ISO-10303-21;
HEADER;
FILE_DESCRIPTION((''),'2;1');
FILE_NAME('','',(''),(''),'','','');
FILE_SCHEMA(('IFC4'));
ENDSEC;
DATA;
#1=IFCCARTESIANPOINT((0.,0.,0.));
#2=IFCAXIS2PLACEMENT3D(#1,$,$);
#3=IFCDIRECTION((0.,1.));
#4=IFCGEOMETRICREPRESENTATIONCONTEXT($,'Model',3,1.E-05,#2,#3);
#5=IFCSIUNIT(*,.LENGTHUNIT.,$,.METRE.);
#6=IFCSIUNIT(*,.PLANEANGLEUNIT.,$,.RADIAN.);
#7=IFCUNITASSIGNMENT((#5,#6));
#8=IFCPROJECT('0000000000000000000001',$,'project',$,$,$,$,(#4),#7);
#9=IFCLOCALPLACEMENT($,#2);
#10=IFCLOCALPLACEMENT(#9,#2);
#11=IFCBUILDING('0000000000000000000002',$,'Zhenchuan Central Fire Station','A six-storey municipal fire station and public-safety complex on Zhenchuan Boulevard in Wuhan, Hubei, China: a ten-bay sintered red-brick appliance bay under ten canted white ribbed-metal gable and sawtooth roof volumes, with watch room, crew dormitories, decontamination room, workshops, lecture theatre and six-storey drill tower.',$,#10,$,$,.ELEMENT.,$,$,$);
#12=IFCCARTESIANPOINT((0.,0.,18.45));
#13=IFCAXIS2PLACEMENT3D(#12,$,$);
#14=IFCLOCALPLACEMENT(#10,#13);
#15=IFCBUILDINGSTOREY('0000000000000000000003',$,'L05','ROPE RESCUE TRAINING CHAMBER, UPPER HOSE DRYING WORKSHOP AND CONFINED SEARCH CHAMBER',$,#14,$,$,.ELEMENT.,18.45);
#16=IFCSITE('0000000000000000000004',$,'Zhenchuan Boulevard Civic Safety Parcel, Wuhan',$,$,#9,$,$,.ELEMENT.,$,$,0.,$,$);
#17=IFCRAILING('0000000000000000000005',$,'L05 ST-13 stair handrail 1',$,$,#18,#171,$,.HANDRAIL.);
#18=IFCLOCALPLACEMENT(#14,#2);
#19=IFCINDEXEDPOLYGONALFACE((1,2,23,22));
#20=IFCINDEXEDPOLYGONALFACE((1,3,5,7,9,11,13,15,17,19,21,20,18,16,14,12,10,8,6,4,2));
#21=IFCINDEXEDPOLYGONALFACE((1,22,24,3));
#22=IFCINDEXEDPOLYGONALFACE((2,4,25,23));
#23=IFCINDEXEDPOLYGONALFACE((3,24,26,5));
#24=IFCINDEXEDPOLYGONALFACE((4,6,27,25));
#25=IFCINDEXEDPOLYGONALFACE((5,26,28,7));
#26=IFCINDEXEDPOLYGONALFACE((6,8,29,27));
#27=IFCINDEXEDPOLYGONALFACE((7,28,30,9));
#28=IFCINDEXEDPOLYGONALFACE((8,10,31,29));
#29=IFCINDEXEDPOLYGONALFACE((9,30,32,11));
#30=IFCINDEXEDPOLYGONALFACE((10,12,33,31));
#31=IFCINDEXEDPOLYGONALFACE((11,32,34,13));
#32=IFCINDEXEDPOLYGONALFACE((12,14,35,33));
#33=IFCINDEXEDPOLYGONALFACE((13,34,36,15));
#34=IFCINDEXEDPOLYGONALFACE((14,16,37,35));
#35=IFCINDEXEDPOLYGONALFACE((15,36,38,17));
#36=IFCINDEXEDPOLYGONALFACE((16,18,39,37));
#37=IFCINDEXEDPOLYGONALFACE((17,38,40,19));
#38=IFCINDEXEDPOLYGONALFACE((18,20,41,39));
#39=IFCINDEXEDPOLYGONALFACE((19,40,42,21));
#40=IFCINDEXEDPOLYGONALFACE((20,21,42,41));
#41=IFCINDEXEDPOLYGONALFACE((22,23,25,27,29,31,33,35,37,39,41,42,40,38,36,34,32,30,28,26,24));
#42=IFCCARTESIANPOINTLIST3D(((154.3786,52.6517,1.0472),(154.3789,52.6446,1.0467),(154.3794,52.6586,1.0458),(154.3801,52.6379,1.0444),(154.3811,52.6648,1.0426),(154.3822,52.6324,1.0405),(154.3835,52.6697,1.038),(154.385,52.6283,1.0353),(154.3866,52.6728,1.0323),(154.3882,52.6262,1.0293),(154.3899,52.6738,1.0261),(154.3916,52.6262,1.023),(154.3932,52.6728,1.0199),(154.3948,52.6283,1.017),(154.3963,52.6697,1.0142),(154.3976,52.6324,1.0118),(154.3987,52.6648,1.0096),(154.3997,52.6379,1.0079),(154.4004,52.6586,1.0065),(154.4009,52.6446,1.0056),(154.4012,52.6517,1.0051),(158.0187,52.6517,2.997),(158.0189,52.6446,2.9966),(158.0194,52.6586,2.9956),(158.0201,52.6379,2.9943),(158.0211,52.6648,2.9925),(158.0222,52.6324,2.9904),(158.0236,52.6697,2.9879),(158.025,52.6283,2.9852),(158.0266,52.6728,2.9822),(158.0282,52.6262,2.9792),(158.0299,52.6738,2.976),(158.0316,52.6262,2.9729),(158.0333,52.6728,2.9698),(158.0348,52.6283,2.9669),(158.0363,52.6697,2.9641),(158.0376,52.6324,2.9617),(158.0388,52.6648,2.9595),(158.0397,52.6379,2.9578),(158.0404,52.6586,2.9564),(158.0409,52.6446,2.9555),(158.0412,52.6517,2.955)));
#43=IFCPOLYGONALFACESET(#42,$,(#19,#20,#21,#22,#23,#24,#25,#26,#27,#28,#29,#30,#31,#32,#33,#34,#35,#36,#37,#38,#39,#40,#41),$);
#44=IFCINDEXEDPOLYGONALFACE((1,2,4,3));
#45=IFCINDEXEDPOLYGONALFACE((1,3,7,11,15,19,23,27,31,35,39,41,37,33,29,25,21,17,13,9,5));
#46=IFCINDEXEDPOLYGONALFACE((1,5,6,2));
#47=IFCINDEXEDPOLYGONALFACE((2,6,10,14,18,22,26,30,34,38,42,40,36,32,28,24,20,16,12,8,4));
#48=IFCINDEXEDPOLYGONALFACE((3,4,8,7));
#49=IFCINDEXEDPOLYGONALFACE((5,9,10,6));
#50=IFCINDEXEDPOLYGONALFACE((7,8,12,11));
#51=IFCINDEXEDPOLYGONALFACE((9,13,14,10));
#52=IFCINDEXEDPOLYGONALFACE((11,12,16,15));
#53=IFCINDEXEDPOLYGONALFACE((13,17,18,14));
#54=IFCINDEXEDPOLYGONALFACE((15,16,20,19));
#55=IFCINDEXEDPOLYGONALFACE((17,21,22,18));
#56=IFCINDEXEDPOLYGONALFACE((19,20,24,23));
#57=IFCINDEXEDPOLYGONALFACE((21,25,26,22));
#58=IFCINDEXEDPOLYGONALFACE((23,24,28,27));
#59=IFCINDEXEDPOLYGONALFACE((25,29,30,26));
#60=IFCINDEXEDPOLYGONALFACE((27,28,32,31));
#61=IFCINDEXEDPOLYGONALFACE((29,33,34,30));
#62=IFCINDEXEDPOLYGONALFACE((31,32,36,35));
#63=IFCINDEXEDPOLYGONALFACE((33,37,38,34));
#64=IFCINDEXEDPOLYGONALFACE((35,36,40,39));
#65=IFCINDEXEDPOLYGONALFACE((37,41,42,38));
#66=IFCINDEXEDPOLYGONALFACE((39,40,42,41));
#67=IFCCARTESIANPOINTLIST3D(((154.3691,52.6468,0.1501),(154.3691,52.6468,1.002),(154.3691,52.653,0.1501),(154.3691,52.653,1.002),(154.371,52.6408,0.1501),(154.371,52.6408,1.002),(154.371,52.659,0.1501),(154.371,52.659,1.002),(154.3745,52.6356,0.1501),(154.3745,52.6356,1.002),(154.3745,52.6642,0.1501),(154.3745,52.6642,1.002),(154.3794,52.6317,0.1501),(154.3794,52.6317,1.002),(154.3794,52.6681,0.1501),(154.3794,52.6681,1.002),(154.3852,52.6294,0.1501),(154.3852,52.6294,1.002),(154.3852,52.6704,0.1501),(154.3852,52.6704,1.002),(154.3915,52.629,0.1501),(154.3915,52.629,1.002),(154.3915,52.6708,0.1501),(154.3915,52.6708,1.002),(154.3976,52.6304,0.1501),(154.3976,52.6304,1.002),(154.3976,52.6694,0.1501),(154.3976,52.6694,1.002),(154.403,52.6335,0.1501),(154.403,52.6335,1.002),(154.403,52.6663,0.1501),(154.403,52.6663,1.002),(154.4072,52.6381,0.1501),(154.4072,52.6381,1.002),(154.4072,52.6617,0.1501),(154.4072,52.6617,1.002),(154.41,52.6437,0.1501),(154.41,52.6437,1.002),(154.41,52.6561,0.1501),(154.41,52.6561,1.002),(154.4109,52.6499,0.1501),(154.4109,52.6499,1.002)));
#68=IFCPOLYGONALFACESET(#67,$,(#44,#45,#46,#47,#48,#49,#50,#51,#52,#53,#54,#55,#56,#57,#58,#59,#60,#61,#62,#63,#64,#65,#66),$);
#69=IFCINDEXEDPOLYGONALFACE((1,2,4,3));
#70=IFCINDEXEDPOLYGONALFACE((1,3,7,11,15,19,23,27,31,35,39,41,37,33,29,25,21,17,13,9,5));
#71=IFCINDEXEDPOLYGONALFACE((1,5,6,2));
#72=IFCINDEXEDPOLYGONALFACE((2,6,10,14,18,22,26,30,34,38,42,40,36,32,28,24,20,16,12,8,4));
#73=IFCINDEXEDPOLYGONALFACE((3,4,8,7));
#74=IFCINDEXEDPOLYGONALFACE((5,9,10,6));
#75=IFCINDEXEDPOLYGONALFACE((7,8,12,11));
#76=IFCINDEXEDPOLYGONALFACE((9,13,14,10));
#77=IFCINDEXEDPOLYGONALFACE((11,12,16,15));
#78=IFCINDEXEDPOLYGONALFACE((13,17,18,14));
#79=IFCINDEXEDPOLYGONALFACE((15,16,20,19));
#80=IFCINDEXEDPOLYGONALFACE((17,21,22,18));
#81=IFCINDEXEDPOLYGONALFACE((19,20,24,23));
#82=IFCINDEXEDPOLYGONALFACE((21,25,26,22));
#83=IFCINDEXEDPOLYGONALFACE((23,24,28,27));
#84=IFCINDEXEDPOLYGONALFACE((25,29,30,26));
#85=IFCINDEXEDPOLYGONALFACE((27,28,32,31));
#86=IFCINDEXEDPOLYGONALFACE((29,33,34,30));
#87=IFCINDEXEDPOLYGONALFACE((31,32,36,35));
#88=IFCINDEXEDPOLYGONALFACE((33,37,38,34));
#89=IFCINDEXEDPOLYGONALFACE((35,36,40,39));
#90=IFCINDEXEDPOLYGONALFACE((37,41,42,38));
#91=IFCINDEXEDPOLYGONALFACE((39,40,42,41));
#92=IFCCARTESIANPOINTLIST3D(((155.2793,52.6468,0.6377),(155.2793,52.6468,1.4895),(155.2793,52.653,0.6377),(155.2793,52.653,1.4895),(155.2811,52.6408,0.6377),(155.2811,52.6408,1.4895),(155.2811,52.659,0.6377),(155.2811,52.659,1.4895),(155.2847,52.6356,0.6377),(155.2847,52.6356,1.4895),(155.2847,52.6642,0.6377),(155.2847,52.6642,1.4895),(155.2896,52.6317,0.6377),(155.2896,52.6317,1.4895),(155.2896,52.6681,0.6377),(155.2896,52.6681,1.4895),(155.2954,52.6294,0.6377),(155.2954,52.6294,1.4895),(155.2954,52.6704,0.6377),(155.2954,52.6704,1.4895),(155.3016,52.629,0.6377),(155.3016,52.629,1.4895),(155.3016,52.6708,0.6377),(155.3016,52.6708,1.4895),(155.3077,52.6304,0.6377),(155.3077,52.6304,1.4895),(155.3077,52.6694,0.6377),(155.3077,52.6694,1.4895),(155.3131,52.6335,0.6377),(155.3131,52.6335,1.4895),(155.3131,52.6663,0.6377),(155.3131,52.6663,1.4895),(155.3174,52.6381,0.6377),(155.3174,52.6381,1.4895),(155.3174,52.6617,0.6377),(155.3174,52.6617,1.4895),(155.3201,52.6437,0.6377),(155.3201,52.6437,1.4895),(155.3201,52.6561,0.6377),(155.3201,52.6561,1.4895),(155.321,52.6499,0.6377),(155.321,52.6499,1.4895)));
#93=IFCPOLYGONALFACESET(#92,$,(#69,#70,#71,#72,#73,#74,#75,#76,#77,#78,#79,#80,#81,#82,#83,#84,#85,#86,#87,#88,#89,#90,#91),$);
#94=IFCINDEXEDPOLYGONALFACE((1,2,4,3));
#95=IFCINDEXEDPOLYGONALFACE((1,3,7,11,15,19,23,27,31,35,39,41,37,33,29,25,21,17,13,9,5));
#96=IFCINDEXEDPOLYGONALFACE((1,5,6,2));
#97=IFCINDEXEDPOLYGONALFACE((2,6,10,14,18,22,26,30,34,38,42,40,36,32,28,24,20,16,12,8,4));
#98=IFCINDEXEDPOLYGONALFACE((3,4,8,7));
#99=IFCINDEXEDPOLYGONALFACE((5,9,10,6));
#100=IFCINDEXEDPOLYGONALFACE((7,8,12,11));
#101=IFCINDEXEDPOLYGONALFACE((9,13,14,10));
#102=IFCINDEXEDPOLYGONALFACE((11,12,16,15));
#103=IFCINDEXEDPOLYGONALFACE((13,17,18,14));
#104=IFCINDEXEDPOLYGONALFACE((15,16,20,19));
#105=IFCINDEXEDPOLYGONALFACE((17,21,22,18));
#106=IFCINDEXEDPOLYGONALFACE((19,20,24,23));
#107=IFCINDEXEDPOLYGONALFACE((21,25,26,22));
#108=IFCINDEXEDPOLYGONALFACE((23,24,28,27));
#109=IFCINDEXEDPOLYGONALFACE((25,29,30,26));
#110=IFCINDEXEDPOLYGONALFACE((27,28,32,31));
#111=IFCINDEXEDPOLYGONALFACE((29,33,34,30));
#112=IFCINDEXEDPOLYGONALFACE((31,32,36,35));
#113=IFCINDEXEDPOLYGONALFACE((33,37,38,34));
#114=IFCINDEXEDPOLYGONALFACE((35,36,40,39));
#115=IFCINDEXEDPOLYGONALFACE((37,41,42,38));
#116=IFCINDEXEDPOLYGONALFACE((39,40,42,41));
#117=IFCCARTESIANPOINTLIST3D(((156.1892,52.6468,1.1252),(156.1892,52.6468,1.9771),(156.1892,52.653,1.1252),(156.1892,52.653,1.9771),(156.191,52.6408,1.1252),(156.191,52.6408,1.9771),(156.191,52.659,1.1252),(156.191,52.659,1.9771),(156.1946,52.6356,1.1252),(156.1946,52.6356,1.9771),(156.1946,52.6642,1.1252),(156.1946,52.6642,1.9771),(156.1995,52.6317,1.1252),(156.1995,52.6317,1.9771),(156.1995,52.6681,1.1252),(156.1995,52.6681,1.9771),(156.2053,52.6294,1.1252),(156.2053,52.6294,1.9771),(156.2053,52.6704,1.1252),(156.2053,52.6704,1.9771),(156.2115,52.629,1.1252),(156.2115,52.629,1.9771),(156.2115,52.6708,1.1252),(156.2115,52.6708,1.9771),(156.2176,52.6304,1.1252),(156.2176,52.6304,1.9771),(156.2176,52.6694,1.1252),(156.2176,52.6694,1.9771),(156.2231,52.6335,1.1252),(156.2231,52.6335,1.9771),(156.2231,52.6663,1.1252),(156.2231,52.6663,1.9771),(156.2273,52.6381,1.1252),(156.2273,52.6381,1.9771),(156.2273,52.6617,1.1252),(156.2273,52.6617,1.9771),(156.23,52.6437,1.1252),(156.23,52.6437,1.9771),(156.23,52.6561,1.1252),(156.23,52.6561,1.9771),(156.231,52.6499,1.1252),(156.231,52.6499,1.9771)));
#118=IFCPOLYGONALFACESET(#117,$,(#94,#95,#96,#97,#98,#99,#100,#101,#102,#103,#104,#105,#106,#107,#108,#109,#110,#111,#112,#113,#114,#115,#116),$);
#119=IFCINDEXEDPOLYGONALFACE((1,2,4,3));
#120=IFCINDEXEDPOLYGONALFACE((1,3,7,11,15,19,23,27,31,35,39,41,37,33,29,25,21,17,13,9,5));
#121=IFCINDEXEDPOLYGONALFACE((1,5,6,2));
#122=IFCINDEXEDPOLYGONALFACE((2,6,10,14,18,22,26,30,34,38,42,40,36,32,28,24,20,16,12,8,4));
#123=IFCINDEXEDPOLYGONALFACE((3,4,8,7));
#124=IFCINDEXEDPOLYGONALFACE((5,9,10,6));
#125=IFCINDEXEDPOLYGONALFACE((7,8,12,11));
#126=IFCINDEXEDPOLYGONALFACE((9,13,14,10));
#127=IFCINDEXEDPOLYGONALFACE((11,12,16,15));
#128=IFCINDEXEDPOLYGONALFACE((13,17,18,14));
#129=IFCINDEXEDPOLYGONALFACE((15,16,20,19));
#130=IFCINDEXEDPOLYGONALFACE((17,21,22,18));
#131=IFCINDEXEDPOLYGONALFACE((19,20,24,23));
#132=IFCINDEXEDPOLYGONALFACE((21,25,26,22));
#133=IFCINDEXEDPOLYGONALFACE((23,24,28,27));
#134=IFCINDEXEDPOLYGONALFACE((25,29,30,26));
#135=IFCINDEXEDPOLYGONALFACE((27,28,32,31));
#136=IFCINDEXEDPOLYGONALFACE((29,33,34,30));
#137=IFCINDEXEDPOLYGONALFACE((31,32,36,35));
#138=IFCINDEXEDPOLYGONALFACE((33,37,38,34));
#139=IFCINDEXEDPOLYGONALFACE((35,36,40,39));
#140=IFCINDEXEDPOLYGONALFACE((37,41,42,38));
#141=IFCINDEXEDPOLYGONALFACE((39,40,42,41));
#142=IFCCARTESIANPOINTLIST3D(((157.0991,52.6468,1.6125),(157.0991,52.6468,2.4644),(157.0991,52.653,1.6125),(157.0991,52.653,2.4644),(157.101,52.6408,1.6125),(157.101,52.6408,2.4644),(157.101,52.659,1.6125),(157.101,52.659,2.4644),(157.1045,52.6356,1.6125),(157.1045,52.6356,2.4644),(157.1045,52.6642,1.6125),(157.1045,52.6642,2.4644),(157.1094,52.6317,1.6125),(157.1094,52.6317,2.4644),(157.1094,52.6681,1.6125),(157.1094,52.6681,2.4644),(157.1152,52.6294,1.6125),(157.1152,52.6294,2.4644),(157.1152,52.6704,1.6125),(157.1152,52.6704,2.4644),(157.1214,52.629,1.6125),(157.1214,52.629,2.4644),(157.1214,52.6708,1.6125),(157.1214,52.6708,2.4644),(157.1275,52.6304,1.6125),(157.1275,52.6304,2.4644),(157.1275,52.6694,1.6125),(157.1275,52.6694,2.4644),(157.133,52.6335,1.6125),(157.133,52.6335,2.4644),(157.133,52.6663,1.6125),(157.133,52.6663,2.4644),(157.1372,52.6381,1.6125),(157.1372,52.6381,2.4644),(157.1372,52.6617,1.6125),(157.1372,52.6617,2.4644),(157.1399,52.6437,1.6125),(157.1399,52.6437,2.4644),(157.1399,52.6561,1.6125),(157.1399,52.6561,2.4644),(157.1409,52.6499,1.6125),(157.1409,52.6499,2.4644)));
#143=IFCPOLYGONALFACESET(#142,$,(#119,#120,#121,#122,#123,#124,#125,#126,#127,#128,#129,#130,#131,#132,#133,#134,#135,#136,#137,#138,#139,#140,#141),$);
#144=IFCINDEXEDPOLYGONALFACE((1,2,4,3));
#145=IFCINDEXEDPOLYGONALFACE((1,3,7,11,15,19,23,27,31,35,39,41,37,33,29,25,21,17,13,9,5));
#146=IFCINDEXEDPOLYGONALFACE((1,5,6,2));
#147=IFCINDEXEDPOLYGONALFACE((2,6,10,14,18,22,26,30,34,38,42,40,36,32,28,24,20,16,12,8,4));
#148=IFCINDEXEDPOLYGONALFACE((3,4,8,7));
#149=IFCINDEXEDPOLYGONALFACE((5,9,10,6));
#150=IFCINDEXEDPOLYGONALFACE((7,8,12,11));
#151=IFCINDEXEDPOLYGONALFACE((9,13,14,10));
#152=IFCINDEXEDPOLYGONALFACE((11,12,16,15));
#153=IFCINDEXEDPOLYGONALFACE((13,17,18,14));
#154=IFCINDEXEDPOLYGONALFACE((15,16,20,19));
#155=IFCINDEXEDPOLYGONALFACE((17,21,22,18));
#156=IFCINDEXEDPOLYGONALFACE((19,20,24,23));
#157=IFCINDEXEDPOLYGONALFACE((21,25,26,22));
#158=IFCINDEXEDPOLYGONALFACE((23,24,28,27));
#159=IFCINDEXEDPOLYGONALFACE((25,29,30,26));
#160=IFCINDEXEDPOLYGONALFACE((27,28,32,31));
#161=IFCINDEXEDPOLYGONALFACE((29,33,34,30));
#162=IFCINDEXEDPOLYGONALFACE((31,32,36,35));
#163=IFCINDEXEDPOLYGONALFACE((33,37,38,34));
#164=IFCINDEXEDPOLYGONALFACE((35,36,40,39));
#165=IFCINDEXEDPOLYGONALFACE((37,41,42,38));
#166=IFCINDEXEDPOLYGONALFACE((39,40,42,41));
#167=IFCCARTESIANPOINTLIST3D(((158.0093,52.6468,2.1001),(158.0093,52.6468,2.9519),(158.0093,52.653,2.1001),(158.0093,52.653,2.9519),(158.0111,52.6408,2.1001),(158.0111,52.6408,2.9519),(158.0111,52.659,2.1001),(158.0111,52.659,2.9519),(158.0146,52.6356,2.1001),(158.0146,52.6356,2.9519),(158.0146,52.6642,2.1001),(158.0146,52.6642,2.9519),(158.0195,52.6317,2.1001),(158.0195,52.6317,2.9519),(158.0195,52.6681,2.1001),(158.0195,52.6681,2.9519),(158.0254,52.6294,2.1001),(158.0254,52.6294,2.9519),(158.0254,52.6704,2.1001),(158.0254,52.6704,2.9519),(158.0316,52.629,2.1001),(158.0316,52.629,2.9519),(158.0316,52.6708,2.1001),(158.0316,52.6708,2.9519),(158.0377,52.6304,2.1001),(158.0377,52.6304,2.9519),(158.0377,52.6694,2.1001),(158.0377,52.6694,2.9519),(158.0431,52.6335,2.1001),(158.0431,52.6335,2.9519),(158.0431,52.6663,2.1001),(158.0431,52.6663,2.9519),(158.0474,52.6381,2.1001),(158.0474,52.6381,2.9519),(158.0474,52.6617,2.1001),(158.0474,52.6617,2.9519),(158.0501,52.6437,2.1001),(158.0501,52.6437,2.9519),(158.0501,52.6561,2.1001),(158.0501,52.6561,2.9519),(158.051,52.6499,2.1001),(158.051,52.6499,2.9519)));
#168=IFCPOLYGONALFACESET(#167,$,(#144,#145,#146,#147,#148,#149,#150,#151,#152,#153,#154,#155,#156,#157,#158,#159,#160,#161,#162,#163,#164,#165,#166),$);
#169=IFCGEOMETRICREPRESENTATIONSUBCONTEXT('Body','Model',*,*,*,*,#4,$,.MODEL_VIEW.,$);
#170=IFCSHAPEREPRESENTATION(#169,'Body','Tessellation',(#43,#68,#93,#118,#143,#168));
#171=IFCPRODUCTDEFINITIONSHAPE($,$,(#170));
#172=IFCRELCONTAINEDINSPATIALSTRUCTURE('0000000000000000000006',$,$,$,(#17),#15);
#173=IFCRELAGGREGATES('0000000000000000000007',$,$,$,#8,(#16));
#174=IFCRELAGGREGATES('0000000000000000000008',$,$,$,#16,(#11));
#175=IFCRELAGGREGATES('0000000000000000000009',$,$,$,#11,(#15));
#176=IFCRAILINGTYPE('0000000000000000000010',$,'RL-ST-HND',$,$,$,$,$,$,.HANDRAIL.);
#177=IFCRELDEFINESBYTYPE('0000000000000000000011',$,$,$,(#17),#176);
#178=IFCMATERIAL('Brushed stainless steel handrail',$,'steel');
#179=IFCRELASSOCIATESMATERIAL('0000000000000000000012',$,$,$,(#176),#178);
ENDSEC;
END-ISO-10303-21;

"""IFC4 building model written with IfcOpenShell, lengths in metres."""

from ifc_helpers import new_model, si_unit, direction, frame, origin, origin_2d, place, context, subcontext, project, spatial, circle, extrude, material, type_object, element, save


model = new_model("IFC4")

# Units and contexts
model_context = context("Model", 3, precision=1e-05, world=origin(), true_north=direction((0.0, 1.0)))
body_context = subcontext(model_context, "Body", "Model", "MODEL_VIEW")
ifc_project = project(units=[si_unit("LENGTHUNIT", "METRE"), si_unit("PLANEANGLEUNIT", "RADIAN")], contexts=[model_context])

# Site, building, storey
site_placement = place(None, origin())
site = spatial("IfcSite", under=ifc_project, at=site_placement, Name="Zhenchuan Boulevard Civic Safety Parcel, Wuhan", CompositionType="ELEMENT", RefElevation=0.0)
building_placement = place(site_placement, origin())
building = spatial("IfcBuilding", under=site, at=building_placement, Name="Zhenchuan Central Fire Station", Description="A six-storey municipal fire station and public-safety complex on Zhenchuan Boulevard in Wuhan, Hubei, China: a ten-bay sintered red-brick appliance bay under ten canted white ribbed-metal gable and sawtooth roof volumes, with watch room, crew dormitories, decontamination room, workshops, lecture theatre and six-storey drill tower.", CompositionType="ELEMENT")
storey_placement = place(building_placement, frame((0.0, 0.0, 18.45)))
storey = spatial("IfcBuildingStorey", under=building, at=storey_placement, Name="L05", Description="ROPE RESCUE TRAINING CHAMBER, UPPER HOSE DRYING WORKSHOP AND CONFINED SEARCH CHAMBER", CompositionType="ELEMENT", Elevation=18.45)

# Railing
ifc_material_1 = material(Name="Brushed stainless steel handrail", Category="steel")
railing_type_1 = type_object("IfcRailingType", Name="RL-ST-HND", PredefinedType="HANDRAIL", material=ifc_material_1)
railing_1_placement = place(storey_placement, frame((154.3899, 52.6499, 0.1501)))
element("IfcRailing", 1, at=railing_1_placement, inside=storey, type_object=railing_type_1, Name="L05 ST-13 stair handrail 1", PredefinedType="HANDRAIL", context=body_context, shape_type="SweptSolid", body=[
    extrude(circle(Radius=0.0239, at=origin_2d()), frame((0.0, 0.0, 0.876), z_axis=(0.881492, 0.0, 0.472198), x_axis=(0.0, 1.0, 0.0)), (0.0, 0.0, 1.0), 4.1294),
    extrude(circle(Radius=0.021, at=origin_2d()), origin(), (0.0, 0.0, 1.0), 0.8518),
    extrude(circle(Radius=0.021, at=origin_2d()), frame((0.9102, 0.0, 0.4875)), (0.0, 0.0, 1.0), 0.8518),
    extrude(circle(Radius=0.021, at=origin_2d()), frame((1.8201, 0.0, 0.9751)), (0.0, 0.0, 1.0), 0.8518),
    extrude(circle(Radius=0.021, at=origin_2d()), frame((2.73, 0.0, 1.4624)), (0.0, 0.0, 1.0), 0.8518),
    extrude(circle(Radius=0.021, at=origin_2d()), frame((3.6401, 0.0, 1.95)), (0.0, 0.0, 1.0), 0.8518),
])

save(model, "model.ifc")
